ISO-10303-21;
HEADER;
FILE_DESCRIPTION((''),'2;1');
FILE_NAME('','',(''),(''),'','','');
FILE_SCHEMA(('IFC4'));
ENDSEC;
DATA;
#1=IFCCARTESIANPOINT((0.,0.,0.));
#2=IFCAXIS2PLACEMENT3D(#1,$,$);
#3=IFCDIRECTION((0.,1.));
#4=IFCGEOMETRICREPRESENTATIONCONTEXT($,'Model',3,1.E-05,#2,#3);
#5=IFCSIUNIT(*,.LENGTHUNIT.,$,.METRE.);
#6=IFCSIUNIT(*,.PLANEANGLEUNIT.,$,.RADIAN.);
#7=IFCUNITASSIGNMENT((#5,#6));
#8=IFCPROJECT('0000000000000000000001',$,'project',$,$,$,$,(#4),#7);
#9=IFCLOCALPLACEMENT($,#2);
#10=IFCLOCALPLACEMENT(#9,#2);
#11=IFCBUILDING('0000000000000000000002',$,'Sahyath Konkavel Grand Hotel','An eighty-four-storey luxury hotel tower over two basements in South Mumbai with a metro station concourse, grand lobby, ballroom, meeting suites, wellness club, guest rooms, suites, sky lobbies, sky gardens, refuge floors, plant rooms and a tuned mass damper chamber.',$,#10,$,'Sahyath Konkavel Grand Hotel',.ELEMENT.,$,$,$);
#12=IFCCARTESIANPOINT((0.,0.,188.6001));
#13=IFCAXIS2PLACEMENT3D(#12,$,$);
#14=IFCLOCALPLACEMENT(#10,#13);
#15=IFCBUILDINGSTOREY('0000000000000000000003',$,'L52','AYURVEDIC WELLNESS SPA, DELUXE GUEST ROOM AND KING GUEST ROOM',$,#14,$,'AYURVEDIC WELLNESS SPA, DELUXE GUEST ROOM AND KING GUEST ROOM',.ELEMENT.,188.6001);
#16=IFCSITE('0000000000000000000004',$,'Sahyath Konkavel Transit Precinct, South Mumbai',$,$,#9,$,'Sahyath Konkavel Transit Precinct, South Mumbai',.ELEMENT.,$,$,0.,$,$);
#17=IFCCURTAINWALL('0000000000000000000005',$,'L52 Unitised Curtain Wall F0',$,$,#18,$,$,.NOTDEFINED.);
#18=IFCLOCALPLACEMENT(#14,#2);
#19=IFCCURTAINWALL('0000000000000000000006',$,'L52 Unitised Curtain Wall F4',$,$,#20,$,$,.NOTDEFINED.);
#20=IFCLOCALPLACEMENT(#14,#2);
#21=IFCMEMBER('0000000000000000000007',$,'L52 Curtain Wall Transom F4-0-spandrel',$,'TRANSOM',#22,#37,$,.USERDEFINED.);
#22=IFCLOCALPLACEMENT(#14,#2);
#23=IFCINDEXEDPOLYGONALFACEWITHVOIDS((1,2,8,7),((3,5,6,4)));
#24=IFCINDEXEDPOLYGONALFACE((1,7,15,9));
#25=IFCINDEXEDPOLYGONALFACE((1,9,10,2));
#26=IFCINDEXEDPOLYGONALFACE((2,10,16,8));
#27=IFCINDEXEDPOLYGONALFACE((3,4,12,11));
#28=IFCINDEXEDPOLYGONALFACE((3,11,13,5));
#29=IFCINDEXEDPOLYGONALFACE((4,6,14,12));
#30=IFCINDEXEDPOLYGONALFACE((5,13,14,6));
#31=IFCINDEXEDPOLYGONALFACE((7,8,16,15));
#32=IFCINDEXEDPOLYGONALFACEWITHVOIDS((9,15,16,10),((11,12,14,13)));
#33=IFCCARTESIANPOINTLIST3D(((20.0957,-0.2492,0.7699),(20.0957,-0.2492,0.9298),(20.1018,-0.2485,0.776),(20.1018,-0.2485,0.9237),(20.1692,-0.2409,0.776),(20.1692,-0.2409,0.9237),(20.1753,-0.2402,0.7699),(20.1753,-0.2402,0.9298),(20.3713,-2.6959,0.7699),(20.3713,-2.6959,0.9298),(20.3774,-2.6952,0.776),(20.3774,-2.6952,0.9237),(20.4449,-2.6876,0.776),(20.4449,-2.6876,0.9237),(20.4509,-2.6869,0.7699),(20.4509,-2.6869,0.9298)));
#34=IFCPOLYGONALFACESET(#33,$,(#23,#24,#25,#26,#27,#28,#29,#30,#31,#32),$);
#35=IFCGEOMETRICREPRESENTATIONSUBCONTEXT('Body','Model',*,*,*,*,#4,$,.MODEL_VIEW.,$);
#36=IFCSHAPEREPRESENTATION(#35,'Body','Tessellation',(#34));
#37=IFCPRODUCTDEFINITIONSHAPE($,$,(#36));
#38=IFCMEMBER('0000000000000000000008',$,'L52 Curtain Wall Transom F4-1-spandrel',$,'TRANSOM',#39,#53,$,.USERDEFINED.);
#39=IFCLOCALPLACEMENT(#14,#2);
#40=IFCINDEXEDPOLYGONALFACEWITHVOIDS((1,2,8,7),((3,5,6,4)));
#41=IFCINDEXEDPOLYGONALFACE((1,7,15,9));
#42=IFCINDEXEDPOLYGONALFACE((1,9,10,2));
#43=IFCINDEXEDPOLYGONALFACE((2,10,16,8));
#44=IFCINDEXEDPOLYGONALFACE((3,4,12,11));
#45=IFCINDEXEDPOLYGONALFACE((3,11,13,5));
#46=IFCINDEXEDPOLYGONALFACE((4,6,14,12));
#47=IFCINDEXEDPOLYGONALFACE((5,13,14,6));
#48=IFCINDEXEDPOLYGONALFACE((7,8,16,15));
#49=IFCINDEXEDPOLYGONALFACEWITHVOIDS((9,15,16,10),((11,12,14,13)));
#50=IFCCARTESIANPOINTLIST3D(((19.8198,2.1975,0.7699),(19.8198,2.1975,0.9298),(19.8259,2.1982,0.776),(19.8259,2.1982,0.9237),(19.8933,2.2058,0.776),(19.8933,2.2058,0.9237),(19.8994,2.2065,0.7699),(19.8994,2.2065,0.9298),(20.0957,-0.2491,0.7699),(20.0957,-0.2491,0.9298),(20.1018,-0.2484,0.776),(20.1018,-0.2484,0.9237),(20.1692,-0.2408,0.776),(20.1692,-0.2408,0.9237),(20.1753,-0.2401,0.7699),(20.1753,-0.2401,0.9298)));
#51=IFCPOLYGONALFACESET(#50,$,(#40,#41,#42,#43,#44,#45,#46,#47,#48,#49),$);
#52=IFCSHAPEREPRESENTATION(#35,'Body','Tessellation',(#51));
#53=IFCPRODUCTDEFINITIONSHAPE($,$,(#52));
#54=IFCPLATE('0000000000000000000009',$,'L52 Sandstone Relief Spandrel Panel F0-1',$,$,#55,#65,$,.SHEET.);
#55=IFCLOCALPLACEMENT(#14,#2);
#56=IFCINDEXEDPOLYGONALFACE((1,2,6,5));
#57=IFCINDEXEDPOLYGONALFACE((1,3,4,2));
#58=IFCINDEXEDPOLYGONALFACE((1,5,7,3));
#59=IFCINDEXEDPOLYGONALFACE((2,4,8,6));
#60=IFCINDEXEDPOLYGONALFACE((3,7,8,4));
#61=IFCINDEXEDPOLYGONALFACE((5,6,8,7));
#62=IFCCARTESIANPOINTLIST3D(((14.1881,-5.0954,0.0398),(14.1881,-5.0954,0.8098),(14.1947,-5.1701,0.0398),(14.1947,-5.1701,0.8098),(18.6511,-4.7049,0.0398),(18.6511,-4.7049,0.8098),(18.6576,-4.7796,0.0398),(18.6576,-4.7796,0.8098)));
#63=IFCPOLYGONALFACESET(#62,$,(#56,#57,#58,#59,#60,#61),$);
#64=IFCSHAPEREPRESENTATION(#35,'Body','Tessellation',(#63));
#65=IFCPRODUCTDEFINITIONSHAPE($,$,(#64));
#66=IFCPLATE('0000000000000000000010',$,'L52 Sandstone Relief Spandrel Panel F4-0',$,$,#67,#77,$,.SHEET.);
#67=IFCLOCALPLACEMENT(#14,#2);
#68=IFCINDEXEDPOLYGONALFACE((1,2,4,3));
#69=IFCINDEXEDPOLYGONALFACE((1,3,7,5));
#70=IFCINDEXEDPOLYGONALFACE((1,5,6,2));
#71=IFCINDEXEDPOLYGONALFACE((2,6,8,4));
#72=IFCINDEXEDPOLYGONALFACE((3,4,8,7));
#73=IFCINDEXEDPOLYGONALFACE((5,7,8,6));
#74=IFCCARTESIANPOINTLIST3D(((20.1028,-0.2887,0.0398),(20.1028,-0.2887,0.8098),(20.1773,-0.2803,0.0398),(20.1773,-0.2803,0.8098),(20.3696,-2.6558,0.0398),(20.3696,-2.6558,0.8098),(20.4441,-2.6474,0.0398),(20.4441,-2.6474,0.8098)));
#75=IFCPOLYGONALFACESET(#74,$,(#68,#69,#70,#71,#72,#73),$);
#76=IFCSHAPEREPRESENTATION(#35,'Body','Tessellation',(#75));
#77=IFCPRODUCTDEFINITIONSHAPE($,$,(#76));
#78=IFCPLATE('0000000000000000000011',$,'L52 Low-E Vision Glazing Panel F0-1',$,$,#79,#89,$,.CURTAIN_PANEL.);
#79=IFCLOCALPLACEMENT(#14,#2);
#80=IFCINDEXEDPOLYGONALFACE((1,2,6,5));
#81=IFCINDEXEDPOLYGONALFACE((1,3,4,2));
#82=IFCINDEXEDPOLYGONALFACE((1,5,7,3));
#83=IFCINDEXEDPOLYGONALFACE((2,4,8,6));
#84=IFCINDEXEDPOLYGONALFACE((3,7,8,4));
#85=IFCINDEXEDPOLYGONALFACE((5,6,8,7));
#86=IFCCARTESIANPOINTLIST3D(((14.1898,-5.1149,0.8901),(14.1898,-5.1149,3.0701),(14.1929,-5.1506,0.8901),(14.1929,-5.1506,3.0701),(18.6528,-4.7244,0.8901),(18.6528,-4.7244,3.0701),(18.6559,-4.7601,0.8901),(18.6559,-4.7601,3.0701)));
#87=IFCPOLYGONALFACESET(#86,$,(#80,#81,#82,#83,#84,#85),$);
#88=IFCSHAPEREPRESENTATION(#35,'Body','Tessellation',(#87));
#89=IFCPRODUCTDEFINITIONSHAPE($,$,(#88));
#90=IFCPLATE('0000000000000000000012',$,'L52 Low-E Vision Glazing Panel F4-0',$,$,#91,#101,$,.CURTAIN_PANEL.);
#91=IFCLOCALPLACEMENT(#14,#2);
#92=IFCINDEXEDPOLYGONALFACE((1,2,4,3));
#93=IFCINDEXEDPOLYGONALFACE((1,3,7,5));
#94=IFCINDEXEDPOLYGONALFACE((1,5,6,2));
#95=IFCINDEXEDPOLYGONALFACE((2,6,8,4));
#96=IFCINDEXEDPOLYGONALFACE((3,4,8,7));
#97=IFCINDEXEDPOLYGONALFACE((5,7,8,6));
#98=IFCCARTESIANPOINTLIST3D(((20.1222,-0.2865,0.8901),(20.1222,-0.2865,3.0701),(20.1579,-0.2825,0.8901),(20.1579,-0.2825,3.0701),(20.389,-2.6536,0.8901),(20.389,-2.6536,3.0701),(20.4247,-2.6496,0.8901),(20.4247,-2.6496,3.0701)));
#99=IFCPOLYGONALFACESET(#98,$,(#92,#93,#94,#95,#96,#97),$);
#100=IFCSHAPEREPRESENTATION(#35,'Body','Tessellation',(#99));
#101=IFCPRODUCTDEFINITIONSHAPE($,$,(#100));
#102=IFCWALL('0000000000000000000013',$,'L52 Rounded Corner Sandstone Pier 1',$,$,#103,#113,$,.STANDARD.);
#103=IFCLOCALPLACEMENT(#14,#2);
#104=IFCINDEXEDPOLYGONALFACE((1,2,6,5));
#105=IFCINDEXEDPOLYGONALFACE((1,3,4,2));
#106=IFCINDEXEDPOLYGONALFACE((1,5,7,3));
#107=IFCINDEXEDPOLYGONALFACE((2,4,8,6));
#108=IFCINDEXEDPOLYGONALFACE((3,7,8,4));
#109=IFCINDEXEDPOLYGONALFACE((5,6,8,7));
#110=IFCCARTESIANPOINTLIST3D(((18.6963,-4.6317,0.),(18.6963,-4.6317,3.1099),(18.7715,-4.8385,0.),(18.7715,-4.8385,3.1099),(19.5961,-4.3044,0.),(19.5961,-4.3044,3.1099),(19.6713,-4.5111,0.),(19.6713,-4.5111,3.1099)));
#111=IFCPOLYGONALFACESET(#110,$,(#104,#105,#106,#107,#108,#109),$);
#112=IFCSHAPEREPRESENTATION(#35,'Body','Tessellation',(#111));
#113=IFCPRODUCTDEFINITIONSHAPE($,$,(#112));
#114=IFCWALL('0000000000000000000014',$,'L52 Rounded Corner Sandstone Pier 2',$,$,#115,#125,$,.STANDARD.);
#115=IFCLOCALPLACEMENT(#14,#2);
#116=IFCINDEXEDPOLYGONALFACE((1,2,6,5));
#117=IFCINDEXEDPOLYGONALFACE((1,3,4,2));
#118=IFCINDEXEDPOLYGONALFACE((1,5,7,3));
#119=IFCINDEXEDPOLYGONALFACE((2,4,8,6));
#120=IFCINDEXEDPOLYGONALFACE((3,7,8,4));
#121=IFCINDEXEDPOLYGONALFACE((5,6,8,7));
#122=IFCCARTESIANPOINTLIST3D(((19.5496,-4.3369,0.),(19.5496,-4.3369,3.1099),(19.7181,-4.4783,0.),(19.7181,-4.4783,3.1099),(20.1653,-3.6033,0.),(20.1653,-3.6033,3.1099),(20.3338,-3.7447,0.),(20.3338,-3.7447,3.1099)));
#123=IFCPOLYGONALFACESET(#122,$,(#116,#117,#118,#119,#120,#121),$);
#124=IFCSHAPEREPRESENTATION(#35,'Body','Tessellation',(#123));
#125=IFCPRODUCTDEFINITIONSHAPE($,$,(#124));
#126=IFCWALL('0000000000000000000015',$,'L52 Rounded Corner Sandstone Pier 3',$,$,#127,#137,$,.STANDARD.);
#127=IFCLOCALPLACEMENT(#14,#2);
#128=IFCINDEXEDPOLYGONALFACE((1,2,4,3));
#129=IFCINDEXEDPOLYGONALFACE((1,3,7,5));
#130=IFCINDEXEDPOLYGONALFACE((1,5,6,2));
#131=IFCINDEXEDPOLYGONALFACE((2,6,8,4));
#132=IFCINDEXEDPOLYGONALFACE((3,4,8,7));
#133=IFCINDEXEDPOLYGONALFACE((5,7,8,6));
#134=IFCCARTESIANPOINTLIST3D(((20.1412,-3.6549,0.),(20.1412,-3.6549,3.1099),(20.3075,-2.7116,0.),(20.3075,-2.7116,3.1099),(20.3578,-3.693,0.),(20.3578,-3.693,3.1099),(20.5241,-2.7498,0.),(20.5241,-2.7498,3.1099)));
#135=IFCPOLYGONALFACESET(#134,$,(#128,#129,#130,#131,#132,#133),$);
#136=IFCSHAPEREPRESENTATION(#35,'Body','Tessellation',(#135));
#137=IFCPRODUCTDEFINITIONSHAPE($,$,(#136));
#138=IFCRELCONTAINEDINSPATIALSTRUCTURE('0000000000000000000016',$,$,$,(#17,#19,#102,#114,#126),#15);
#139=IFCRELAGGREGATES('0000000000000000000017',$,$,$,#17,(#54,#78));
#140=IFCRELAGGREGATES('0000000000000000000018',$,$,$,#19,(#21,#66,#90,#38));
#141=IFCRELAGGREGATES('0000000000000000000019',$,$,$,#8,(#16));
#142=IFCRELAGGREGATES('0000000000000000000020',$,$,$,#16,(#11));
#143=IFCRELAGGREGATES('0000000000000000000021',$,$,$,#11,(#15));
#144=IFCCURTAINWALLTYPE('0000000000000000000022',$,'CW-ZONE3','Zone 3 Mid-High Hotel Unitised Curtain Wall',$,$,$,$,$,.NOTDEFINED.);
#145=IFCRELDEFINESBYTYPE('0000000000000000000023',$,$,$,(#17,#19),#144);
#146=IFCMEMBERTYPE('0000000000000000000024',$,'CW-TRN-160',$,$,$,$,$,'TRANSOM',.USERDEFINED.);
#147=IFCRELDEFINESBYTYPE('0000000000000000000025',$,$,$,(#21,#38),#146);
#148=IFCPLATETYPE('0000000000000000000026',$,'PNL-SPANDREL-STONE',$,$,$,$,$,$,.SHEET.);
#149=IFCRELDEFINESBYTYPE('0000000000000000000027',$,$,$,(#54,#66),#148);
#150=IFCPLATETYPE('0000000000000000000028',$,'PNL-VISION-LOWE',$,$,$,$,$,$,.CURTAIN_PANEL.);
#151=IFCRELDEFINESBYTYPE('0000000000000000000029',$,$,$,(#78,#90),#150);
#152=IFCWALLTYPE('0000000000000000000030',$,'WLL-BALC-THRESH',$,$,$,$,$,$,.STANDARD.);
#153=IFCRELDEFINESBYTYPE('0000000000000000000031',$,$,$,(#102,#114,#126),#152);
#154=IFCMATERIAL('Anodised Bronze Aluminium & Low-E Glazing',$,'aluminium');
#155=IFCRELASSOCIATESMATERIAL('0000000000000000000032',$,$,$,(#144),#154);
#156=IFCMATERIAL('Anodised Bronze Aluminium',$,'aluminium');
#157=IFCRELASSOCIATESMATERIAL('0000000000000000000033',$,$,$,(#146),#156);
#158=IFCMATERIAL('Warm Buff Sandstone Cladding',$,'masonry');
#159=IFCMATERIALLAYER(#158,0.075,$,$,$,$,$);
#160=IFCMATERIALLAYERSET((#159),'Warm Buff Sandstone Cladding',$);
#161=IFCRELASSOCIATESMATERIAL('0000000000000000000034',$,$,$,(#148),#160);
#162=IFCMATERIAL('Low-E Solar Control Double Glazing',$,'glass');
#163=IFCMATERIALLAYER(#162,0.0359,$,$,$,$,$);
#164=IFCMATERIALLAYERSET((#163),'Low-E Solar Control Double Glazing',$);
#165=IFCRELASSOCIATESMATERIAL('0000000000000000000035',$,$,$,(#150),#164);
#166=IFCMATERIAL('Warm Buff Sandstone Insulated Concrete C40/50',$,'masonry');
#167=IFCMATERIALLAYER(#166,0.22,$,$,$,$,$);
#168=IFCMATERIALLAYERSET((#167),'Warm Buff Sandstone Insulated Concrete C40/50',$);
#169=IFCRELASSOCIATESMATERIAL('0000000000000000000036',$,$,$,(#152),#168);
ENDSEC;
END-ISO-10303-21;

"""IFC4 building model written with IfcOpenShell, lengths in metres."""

from ifc_helpers import new_model, si_unit, direction, frame, frame_2d, origin, origin_2d, place, context, subcontext, project, spatial, rectangle, hollow_rectangle, extrude, source, transform, mapped, material, layer, layer_set, material_profile, profile_set, type_object, element, aggregate, save


model = new_model("IFC4")

# Units and contexts
model_context = context("Model", 3, precision=1e-05, world=origin(), true_north=direction((0.0, 1.0)))
body_context = subcontext(model_context, "Body", "Model", "MODEL_VIEW")
ifc_project = project(units=[si_unit("LENGTHUNIT", "METRE"), si_unit("PLANEANGLEUNIT", "RADIAN")], contexts=[model_context])

# Site, building, storey
site_placement = place(None, origin())
site = spatial("IfcSite", under=ifc_project, at=site_placement, Name="Sahyath Konkavel Transit Precinct, South Mumbai", LongName="Sahyath Konkavel Transit Precinct, South Mumbai", CompositionType="ELEMENT", RefElevation=0.0)
building_placement = place(site_placement, origin())
building = spatial("IfcBuilding", under=site, at=building_placement, Name="Sahyath Konkavel Grand Hotel", Description="An eighty-four-storey luxury hotel tower over two basements in South Mumbai with a metro station concourse, grand lobby, ballroom, meeting suites, wellness club, guest rooms, suites, sky lobbies, sky gardens, refuge floors, plant rooms and a tuned mass damper chamber.", LongName="Sahyath Konkavel Grand Hotel", CompositionType="ELEMENT")
storey_placement = place(building_placement, frame((0.0, 0.0, 188.6001)))
storey = spatial("IfcBuildingStorey", under=building, at=storey_placement, Name="L52", Description="AYURVEDIC WELLNESS SPA, DELUXE GUEST ROOM AND KING GUEST ROOM", LongName="AYURVEDIC WELLNESS SPA, DELUXE GUEST ROOM AND KING GUEST ROOM", CompositionType="ELEMENT", Elevation=188.6001)

# Curtain walls
ifc_material_1 = material(Name="Anodised Bronze Aluminium & Low-E Glazing", Category="aluminium")
curtain_wall_type = type_object("IfcCurtainWallType", Name="CW-ZONE3", Description="Zone 3 Mid-High Hotel Unitised Curtain Wall", PredefinedType="NOTDEFINED", material=ifc_material_1)
curtain_wall_1_placement = place(storey_placement, origin())
curtain_wall_1 = element("IfcCurtainWall", 1, at=curtain_wall_1_placement, inside=storey, type_object=curtain_wall_type, Name="L52 Unitised Curtain Wall F0", PredefinedType="NOTDEFINED")
ifc_material_2 = material(Name="Anodised Bronze Aluminium", Category="aluminium")
curtain_wall_2_placement = place(storey_placement, origin())
curtain_wall_2 = element("IfcCurtainWall", 2, at=curtain_wall_2_placement, inside=storey, type_object=curtain_wall_type, Name="L52 Unitised Curtain Wall F4", PredefinedType="NOTDEFINED")

# Members
ifc_material_profile_1 = material_profile(ifc_material_2, hollow_rectangle(XDim=0.0801, YDim=0.1599, WallThickness=0.0061, at=origin_2d()), Name="RHS 160x80x6")
ifc_profile_set_1 = profile_set([ifc_material_profile_1], Name="Anodised Bronze Aluminium")
member_type_1 = type_object("IfcMemberType", Name="CW-TRN-160", ElementType="TRANSOM", PredefinedType="USERDEFINED", material=ifc_profile_set_1)
shared_shape_1 = source(origin(), body_context, "Body", "SweptSolid", [
    extrude(hollow_rectangle(XDim=0.0801, YDim=0.1599, WallThickness=0.0061, at=origin_2d()), origin(), (0.0, 0.0, 1.0), 2.4622),
])
member_1_placement = place(storey_placement, frame((20.4111, -2.6914, 0.8499), z_axis=(-0.111944, 0.993715, 0.0), x_axis=(-0.993715, -0.111944, 0.0)))
member_1 = element("IfcMember", 3, at=member_1_placement, type_object=member_type_1, Name="L52 Curtain Wall Transom F4-0-spandrel", ObjectType="TRANSOM", PredefinedType="USERDEFINED", context=body_context, shape_type="MappedRepresentation", body=[
    mapped(shared_shape_1, transform((0.0, 0.0, 0.0), scale=1.0)),
])
member_2_placement = place(storey_placement, frame((20.1355, -0.2446, 0.8499), z_axis=(-0.112053, 0.993702, 0.0), x_axis=(-0.993702, -0.112053, 0.0)))
member_2 = element("IfcMember", 4, at=member_2_placement, type_object=member_type_1, Name="L52 Curtain Wall Transom F4-1-spandrel", ObjectType="TRANSOM", PredefinedType="USERDEFINED", context=body_context, shape_type="MappedRepresentation", body=[
    mapped(shared_shape_1, transform((0.0, 0.0, 0.0), scale=1.0)),
])

# Plates
ifc_material_3 = material(Name="Warm Buff Sandstone Cladding", Category="masonry")
ifc_layer_1 = layer(ifc_material_3, 0.075)
ifc_layer_set_1 = layer_set([ifc_layer_1], Name="Warm Buff Sandstone Cladding")
plate_type_1 = type_object("IfcPlateType", Name="PNL-SPANDREL-STONE", PredefinedType="SHEET", material=ifc_layer_set_1)
shared_shape_2 = source(origin(), body_context, "Body", "SweptSolid", [
    extrude(rectangle(XDim=4.48, YDim=0.075, at=origin_2d()), origin(), (0.0, 0.0, 1.0), 0.77),
])
plate_1_placement = place(storey_placement, frame((16.4229, -4.9375, 0.0398), z_axis=(0.0, 0.0, 1.0), x_axis=(0.996195, 0.087156, 0.0)))
plate_1 = element("IfcPlate", 5, at=plate_1_placement, type_object=plate_type_1, Name="L52 Sandstone Relief Spandrel Panel F0-1", PredefinedType="SHEET", context=body_context, shape_type="MappedRepresentation", body=[
    mapped(shared_shape_2, transform((0.0, 0.0, 0.0), scale=1.0)),
])
shared_shape_3 = source(origin(), body_context, "Body", "SweptSolid", [
    extrude(rectangle(XDim=2.3821, YDim=0.075, at=origin_2d()), origin(), (0.0, 0.0, 1.0), 0.77),
])
plate_2_placement = place(storey_placement, frame((20.2734, -1.468, 0.0398), z_axis=(0.0, 0.0, 1.0), x_axis=(-0.111989, 0.993709, 0.0)))
plate_2 = element("IfcPlate", 6, at=plate_2_placement, type_object=plate_type_1, Name="L52 Sandstone Relief Spandrel Panel F4-0", PredefinedType="SHEET", context=body_context, shape_type="MappedRepresentation", body=[
    mapped(shared_shape_3, transform((0.0, 0.0, 0.0), scale=1.0)),
])
ifc_material_4 = material(Name="Low-E Solar Control Double Glazing", Category="glass")
ifc_layer_2 = layer(ifc_material_4, 0.0359)
ifc_layer_set_2 = layer_set([ifc_layer_2], Name="Low-E Solar Control Double Glazing")
plate_type_2 = type_object("IfcPlateType", Name="PNL-VISION-LOWE", PredefinedType="CURTAIN_PANEL", material=ifc_layer_set_2)
shared_shape_4 = source(origin(), body_context, "Body", "SweptSolid", [
    extrude(rectangle(XDim=4.48, YDim=0.0359, at=origin_2d()), origin(), (0.0, 0.0, 1.0), 2.1799),
])
plate_3_placement = place(storey_placement, frame((16.4229, -4.9375, 0.8901), z_axis=(0.0, 0.0, 1.0), x_axis=(0.996195, 0.087156, 0.0)))
plate_3 = element("IfcPlate", 7, at=plate_3_placement, type_object=plate_type_2, Name="L52 Low-E Vision Glazing Panel F0-1", PredefinedType="CURTAIN_PANEL", context=body_context, shape_type="MappedRepresentation", body=[
    mapped(shared_shape_4, transform((0.0, 0.0, 0.0), scale=1.0)),
])
aggregate(curtain_wall_1, [plate_1, plate_3])
shared_shape_5 = source(origin(), body_context, "Body", "SweptSolid", [
    extrude(rectangle(XDim=2.3821, YDim=0.0359, at=origin_2d()), origin(), (0.0, 0.0, 1.0), 2.1799),
])
plate_4_placement = place(storey_placement, frame((20.2734, -1.468, 0.8901), z_axis=(0.0, 0.0, 1.0), x_axis=(-0.111989, 0.993709, 0.0)))
plate_4 = element("IfcPlate", 8, at=plate_4_placement, type_object=plate_type_2, Name="L52 Low-E Vision Glazing Panel F4-0", PredefinedType="CURTAIN_PANEL", context=body_context, shape_type="MappedRepresentation", body=[
    mapped(shared_shape_5, transform((0.0, 0.0, 0.0), scale=1.0)),
])
aggregate(curtain_wall_2, [member_1, plate_2, plate_4, member_2])

# Walls
ifc_material_5 = material(Name="Warm Buff Sandstone Insulated Concrete C40/50", Category="masonry")
ifc_layer_3 = layer(ifc_material_5, 0.22)
ifc_layer_set_3 = layer_set([ifc_layer_3], Name="Warm Buff Sandstone Insulated Concrete C40/50")
wall_type_1 = type_object("IfcWallType", Name="WLL-BALC-THRESH", PredefinedType="STANDARD", material=ifc_layer_set_3)
wall_1_placement = place(storey_placement, frame((18.7339, -4.7351, 0.0), z_axis=(0.0, 0.0, 1.0), x_axis=(0.939741, 0.341886, 0.0)))
element("IfcWall", 9, at=wall_1_placement, inside=storey, type_object=wall_type_1, Name="L52 Rounded Corner Sandstone Pier 1", PredefinedType="STANDARD", context=body_context, shape_type="SweptSolid", body=[
    extrude(rectangle(XDim=0.9575, YDim=0.22, at=frame_2d((0.4788, 0.0))), origin(), (0.0, 0.0, 1.0), 3.1099),
])
for number, where, z_axis, x_axis, name in (
    (10, (19.6338, -4.4077, 0.0), (0.0, 0.0, 1.0), (0.642863, 0.765981, 0.0), "L52 Rounded Corner Sandstone Pier 2"),
    (11, (20.2495, -3.6741, 0.0), (0.0, 0.0, 1.0), (0.173611, 0.984814, 0.0), "L52 Rounded Corner Sandstone Pier 3"),
):
    element("IfcWall", number, at=place(storey_placement, frame(where, z_axis=z_axis, x_axis=x_axis)), inside=storey, type_object=wall_type_1, Name=name, PredefinedType="STANDARD", context=body_context, shape_type="SweptSolid", body=[
        extrude(rectangle(XDim=0.9578, YDim=0.22, at=frame_2d((0.479, 0.0))), origin(), (0.0, 0.0, 1.0), 3.1099),
    ])

save(model, "model.ifc")
